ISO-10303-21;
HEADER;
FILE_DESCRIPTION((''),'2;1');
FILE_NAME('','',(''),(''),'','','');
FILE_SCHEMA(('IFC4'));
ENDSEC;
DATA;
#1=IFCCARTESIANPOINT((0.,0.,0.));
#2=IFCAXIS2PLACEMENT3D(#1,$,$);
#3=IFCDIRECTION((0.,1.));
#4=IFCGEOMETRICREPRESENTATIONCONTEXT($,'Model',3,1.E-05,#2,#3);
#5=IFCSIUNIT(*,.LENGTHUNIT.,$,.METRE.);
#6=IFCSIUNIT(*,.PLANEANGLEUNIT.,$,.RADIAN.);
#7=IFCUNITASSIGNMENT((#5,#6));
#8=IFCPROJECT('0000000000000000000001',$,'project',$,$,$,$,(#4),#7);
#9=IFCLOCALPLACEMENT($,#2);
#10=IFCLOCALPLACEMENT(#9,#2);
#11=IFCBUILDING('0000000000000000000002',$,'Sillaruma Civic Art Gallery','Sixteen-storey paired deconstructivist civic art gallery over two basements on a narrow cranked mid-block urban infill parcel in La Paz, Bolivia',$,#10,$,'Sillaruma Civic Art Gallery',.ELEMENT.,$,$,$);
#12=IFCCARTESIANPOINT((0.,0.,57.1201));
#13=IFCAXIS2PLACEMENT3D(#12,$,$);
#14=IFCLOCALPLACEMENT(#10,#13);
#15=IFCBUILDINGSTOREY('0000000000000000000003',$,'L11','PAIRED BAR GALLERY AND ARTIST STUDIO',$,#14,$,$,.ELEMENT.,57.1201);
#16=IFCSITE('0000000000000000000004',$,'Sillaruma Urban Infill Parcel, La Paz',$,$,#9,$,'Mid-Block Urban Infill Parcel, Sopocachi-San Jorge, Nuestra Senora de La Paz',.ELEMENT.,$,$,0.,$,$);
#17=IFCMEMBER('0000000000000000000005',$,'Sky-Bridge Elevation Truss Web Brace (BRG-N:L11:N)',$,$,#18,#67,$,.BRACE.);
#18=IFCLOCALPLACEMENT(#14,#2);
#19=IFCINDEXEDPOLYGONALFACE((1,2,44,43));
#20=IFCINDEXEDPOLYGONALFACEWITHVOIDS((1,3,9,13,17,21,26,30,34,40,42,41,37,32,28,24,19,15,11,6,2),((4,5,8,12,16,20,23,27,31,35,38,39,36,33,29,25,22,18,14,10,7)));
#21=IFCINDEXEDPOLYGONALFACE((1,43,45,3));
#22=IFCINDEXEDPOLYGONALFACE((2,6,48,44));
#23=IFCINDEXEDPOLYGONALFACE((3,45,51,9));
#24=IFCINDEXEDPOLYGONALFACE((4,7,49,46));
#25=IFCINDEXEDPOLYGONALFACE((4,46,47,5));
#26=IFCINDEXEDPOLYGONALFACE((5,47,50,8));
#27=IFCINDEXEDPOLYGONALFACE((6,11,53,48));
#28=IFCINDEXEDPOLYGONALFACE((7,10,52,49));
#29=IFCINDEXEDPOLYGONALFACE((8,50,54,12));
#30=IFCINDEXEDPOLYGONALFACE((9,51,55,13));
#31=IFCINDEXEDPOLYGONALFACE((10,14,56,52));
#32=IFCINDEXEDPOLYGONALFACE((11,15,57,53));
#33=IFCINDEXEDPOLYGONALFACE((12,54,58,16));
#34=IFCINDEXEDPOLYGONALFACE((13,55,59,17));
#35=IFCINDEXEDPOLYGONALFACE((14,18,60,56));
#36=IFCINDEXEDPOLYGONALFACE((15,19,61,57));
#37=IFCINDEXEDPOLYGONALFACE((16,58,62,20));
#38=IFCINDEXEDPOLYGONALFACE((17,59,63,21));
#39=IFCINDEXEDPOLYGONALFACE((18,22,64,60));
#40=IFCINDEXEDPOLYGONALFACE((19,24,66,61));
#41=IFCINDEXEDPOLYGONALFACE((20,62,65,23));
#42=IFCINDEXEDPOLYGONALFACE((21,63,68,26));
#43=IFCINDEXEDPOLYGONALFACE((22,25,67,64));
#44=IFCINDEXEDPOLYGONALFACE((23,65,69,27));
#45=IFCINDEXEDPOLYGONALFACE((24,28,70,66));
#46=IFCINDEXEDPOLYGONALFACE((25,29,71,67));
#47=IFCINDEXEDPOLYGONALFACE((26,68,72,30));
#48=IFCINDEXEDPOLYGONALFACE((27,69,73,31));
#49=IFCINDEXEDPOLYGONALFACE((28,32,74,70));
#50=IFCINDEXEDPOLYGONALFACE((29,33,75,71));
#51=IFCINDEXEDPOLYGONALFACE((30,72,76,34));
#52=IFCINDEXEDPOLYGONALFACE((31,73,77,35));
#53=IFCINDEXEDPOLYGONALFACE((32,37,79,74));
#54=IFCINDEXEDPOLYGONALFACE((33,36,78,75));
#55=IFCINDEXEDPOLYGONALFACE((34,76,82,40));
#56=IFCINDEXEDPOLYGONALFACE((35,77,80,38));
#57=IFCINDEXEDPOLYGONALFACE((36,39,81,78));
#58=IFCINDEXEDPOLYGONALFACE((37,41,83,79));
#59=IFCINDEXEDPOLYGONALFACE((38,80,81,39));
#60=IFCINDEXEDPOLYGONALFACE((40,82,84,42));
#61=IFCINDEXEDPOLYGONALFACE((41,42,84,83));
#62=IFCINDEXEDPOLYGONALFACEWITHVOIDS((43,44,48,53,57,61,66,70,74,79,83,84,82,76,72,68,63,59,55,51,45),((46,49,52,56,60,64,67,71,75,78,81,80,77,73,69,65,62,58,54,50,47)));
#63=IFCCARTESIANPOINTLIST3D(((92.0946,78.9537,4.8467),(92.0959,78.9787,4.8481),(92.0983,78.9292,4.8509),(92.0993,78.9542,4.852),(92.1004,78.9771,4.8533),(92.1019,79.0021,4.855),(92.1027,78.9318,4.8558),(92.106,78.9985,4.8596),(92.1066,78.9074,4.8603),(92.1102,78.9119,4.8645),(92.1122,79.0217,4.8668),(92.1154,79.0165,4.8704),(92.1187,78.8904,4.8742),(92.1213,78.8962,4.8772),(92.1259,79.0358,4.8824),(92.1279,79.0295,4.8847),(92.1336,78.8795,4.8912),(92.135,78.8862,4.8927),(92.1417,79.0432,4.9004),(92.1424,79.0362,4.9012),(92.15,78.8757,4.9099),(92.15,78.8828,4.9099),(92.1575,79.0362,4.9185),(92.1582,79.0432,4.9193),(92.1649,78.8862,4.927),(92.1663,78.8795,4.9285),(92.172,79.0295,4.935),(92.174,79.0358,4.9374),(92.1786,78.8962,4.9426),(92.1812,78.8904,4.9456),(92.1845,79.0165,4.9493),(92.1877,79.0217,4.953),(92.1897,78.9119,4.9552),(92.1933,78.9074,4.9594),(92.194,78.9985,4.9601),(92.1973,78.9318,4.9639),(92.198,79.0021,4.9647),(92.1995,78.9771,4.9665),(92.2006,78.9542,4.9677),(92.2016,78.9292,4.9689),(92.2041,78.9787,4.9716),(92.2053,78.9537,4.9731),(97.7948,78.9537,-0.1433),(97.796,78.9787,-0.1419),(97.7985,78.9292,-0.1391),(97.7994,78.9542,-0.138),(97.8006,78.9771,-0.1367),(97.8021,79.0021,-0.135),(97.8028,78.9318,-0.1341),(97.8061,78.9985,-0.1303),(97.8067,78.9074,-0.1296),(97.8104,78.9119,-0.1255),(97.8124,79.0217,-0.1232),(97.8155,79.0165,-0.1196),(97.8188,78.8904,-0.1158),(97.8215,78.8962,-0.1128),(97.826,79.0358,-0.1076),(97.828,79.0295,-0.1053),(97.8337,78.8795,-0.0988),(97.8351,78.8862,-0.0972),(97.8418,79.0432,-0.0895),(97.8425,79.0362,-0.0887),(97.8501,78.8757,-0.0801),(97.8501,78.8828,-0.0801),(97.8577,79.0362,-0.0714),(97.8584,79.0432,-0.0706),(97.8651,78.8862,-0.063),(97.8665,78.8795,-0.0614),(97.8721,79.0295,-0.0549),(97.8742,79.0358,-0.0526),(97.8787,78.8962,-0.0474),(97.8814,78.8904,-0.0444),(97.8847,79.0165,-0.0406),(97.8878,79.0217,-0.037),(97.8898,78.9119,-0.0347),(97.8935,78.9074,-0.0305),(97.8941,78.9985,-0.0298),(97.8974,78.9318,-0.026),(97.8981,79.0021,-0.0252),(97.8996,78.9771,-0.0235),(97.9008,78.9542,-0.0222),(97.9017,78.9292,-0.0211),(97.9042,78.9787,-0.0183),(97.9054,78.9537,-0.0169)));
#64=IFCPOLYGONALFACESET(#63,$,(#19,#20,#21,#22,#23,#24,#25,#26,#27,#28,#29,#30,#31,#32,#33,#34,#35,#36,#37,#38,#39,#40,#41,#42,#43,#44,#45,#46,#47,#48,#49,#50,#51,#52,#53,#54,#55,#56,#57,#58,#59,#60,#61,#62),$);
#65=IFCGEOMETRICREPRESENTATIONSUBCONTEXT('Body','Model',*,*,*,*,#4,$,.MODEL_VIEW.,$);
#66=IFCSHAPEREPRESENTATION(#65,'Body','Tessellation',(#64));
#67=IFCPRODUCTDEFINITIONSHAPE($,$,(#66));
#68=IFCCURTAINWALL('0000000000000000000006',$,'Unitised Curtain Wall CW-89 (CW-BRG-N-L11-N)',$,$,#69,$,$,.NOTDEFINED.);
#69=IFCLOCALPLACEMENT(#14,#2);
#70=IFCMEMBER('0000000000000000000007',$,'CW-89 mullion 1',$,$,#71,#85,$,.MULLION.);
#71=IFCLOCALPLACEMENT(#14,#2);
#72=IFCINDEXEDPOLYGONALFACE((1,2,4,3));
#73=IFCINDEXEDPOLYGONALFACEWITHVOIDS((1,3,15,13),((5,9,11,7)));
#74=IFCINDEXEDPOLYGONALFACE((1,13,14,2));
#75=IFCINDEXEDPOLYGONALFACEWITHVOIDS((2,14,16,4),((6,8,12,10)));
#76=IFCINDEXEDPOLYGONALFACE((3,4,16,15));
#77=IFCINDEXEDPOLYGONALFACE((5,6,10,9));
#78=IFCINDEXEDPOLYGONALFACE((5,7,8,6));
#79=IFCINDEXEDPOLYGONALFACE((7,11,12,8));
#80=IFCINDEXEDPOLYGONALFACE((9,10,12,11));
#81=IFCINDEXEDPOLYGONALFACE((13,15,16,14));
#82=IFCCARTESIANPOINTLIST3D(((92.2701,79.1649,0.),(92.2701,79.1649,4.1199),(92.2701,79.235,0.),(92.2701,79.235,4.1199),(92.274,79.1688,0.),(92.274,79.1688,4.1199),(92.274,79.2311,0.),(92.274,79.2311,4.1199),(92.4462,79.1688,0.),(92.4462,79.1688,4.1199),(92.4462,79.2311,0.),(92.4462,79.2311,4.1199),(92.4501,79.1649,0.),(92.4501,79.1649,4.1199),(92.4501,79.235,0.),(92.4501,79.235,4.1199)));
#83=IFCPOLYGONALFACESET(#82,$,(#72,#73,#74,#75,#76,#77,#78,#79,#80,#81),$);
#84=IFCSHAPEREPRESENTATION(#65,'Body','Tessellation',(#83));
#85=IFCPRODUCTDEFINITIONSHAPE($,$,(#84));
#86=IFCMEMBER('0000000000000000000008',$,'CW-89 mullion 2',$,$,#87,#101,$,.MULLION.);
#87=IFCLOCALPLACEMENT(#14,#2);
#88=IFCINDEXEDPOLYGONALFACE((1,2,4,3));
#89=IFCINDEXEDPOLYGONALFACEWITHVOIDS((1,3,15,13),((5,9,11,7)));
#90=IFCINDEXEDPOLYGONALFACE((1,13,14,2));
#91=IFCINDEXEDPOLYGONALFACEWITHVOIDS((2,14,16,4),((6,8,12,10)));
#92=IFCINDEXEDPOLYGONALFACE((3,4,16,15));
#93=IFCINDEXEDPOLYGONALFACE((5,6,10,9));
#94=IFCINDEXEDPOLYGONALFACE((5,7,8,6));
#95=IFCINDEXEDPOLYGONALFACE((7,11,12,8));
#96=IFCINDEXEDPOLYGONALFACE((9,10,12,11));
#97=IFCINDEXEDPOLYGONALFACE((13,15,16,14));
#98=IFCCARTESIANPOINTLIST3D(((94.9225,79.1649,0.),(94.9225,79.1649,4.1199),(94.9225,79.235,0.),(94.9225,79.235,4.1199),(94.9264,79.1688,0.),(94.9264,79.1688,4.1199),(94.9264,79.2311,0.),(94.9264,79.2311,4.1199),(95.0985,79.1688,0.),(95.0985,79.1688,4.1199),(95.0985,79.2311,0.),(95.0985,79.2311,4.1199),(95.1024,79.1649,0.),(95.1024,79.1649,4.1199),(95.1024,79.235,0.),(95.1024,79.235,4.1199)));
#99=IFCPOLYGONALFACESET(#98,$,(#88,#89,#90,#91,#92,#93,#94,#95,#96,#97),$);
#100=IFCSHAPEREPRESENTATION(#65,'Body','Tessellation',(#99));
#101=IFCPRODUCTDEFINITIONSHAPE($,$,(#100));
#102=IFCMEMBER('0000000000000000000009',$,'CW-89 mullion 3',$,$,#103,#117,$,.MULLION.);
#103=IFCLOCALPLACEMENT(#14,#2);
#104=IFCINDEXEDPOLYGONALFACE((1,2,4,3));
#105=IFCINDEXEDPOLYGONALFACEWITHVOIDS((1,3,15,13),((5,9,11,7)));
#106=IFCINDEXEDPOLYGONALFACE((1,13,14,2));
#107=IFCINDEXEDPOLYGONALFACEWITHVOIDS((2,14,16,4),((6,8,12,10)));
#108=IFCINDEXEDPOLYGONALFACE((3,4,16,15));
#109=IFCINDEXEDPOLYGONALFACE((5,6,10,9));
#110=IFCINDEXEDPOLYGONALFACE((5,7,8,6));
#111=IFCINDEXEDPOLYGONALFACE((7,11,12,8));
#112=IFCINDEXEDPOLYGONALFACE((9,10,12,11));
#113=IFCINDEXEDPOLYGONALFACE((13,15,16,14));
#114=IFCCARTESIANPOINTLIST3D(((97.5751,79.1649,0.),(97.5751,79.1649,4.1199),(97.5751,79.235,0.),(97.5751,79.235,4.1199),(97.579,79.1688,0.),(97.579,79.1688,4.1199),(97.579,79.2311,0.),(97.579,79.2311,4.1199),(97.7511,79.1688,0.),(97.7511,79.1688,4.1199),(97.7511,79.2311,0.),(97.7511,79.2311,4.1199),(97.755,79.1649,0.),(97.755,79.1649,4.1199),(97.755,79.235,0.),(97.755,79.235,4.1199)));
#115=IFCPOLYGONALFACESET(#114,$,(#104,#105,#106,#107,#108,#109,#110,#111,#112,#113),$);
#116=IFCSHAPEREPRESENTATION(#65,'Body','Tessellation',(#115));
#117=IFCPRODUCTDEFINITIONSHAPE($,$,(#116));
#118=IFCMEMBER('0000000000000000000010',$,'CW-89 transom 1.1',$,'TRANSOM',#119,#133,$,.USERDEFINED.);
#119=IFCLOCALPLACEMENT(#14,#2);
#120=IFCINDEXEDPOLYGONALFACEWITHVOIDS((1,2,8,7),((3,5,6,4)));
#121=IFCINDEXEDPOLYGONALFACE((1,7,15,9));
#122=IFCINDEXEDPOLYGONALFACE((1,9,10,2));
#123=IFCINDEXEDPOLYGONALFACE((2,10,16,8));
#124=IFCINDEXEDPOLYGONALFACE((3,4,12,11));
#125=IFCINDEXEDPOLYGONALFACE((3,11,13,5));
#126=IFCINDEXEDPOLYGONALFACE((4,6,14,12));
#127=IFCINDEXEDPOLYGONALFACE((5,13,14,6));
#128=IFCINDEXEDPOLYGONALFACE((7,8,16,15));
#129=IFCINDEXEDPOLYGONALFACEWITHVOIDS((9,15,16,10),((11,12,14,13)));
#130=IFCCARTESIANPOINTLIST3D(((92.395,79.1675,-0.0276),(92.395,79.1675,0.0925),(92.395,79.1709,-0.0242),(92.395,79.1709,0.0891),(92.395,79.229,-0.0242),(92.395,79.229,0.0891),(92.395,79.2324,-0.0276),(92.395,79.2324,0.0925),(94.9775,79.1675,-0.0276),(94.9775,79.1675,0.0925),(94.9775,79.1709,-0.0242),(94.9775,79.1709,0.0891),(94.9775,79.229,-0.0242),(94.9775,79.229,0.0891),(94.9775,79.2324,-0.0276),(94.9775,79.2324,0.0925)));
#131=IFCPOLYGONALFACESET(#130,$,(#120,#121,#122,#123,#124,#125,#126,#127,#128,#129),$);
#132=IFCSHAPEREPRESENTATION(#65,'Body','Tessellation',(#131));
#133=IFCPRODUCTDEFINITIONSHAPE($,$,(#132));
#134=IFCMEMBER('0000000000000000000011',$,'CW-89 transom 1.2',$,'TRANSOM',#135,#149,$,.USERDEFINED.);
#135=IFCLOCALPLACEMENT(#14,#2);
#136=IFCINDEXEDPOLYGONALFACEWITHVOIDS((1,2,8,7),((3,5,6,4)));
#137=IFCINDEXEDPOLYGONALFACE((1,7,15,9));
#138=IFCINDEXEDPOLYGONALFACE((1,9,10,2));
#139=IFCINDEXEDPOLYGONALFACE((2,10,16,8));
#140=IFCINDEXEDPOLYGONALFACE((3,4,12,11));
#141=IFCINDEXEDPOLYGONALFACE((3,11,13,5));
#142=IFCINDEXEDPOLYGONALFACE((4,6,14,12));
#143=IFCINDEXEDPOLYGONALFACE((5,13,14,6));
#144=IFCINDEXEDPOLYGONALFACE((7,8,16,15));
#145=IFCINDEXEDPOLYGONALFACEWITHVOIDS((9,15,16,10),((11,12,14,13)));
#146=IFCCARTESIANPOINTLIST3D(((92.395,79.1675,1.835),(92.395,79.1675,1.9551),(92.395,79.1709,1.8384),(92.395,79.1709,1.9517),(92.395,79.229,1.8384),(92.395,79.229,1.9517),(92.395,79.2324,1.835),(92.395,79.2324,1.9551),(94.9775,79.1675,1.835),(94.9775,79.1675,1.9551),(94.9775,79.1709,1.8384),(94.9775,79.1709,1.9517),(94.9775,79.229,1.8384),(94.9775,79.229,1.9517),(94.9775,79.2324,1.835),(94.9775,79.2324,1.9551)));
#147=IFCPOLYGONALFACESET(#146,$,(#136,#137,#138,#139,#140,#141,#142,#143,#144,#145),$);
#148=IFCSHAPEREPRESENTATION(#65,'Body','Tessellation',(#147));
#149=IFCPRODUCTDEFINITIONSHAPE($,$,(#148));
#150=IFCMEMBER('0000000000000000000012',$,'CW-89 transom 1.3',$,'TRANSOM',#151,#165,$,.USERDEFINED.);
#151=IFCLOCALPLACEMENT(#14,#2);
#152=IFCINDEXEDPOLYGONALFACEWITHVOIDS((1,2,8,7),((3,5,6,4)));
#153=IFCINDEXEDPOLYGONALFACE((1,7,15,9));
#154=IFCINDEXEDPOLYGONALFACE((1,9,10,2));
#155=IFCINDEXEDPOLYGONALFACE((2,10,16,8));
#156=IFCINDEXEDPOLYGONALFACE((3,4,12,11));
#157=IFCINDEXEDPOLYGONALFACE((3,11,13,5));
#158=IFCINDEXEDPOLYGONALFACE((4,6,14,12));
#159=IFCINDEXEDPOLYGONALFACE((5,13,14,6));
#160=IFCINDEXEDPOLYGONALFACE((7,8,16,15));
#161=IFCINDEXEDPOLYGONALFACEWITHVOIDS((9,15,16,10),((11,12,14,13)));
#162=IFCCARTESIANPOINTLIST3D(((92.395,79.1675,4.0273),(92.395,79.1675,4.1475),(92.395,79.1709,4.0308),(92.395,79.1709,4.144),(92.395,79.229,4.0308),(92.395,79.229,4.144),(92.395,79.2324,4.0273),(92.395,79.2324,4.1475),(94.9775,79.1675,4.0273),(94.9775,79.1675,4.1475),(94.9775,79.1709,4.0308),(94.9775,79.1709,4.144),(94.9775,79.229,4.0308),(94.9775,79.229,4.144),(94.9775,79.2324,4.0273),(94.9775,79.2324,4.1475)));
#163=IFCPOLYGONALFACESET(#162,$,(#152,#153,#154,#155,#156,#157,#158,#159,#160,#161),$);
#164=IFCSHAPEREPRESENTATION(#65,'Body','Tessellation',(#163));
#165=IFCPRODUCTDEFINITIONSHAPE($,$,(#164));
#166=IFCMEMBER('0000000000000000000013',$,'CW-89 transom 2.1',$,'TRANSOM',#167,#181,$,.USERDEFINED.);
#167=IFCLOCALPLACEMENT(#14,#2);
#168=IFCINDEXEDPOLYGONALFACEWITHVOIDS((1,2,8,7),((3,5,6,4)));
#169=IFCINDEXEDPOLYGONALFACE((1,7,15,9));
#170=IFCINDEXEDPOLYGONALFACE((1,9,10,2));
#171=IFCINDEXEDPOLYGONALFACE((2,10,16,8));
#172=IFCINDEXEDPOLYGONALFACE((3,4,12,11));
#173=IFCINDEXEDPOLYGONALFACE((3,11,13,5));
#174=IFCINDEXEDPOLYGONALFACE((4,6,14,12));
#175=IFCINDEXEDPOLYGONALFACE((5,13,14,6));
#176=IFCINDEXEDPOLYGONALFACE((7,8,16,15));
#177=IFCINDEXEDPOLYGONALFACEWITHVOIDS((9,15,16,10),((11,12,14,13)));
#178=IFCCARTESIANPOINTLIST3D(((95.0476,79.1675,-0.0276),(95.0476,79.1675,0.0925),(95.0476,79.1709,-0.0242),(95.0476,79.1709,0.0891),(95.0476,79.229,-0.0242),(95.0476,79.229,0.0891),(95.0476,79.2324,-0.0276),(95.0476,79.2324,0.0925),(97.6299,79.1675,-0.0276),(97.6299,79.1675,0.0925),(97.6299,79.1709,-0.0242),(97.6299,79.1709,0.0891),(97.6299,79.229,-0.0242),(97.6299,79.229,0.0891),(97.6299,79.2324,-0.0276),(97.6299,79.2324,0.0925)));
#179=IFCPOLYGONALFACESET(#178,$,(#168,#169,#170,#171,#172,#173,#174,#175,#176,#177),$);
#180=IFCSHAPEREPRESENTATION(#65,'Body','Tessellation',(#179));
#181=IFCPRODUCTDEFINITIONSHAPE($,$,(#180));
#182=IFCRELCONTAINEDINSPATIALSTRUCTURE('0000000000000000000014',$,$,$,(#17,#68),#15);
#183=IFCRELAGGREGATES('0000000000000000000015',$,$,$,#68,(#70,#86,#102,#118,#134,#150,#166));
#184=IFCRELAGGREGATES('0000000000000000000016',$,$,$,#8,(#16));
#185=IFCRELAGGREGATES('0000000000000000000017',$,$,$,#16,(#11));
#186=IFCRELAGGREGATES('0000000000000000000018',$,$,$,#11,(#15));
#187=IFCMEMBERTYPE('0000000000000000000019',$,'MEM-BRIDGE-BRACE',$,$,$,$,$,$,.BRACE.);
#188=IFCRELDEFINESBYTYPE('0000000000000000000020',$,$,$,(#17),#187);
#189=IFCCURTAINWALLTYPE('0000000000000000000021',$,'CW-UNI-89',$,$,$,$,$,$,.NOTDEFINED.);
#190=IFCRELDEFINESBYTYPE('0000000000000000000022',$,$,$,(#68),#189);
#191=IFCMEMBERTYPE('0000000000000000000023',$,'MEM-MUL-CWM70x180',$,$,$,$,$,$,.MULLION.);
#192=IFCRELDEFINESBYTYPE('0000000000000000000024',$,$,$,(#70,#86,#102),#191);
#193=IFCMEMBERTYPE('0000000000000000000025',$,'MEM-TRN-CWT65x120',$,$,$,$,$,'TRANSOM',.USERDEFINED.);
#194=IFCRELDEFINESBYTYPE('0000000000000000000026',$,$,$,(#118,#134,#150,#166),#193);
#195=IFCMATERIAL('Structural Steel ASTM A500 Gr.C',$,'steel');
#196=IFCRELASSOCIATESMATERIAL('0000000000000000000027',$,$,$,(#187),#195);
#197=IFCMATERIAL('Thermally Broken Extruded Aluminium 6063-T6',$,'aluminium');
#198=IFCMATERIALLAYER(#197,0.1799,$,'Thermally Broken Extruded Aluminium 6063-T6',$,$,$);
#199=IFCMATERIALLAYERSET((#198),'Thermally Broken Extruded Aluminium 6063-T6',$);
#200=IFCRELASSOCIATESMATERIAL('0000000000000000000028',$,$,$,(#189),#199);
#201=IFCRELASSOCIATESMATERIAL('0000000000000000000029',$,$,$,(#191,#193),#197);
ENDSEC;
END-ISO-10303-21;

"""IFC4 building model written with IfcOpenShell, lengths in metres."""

from ifc_helpers import new_model, si_unit, direction, frame, origin, origin_2d, place, context, subcontext, project, spatial, hollow_rectangle, hollow_circle, extrude, material, layer, layer_set, material_profile, profile_set, type_object, element, aggregate, save


model = new_model("IFC4")

# Units and contexts
model_context = context("Model", 3, precision=1e-05, world=origin(), true_north=direction((0.0, 1.0)))
body_context = subcontext(model_context, "Body", "Model", "MODEL_VIEW")
ifc_project = project(units=[si_unit("LENGTHUNIT", "METRE"), si_unit("PLANEANGLEUNIT", "RADIAN")], contexts=[model_context])

# Site, building, storey
site_placement = place(None, origin())
site = spatial("IfcSite", under=ifc_project, at=site_placement, Name="Sillaruma Urban Infill Parcel, La Paz", LongName="Mid-Block Urban Infill Parcel, Sopocachi-San Jorge, Nuestra Senora de La Paz", CompositionType="ELEMENT", RefElevation=0.0)
building_placement = place(site_placement, origin())
building = spatial("IfcBuilding", under=site, at=building_placement, Name="Sillaruma Civic Art Gallery", Description="Sixteen-storey paired deconstructivist civic art gallery over two basements on a narrow cranked mid-block urban infill parcel in La Paz, Bolivia", LongName="Sillaruma Civic Art Gallery", CompositionType="ELEMENT")
storey_placement = place(building_placement, frame((0.0, 0.0, 57.1201)))
storey = spatial("IfcBuildingStorey", under=building, at=storey_placement, Name="L11", Description="PAIRED BAR GALLERY AND ARTIST STUDIO", CompositionType="ELEMENT", Elevation=57.1201)

# Member
ifc_material_1 = material(Name="Structural Steel ASTM A500 Gr.C", Category="steel")
ifc_material_profile_1 = material_profile(ifc_material_1, hollow_circle(Radius=0.0842, WallThickness=0.0071, at=origin_2d()), Name="CHS168.3x7.1")
ifc_profile_set_1 = profile_set([ifc_material_profile_1], Name="Structural Steel ASTM A500 Gr.C")
member_type_1 = type_object("IfcMemberType", Name="MEM-BRIDGE-BRACE", PredefinedType="BRACE", material=ifc_profile_set_1)
for number, where, z_axis, x_axis, name in (
    (1, (97.8501, 78.96, -0.0801), (-0.752425, 0.0, 0.658678), (0.0, -1.0, 0.0), "Sky-Bridge Elevation Truss Web Brace (BRG-N:L11:N)"),
):
    element("IfcMember", number, at=place(storey_placement, frame(where, z_axis=z_axis, x_axis=x_axis)), inside=storey, type_object=member_type_1, Name=name, PredefinedType="BRACE", context=body_context, shape_type="SweptSolid", body=[
        extrude(hollow_circle(Radius=0.0842, WallThickness=0.0071, at=origin_2d()), origin(), (0.0, 0.0, 1.0), 7.5757),
    ])

# Curtain wall, members
ifc_material_2 = material(Name="Thermally Broken Extruded Aluminium 6063-T6", Category="aluminium")
ifc_layer_1 = layer(ifc_material_2, 0.1799, Name="Thermally Broken Extruded Aluminium 6063-T6")
ifc_layer_set_1 = layer_set([ifc_layer_1], Name="Thermally Broken Extruded Aluminium 6063-T6")
curtain_wall_type = type_object("IfcCurtainWallType", Name="CW-UNI-89", PredefinedType="NOTDEFINED", material=ifc_layer_set_1)
curtain_wall_placement = place(storey_placement, origin())
curtain_wall = element("IfcCurtainWall", 2, at=curtain_wall_placement, inside=storey, type_object=curtain_wall_type, Name="Unitised Curtain Wall CW-89 (CW-BRG-N-L11-N)", PredefinedType="NOTDEFINED")
ifc_material_profile_2 = material_profile(ifc_material_2, hollow_rectangle(XDim=0.0701, YDim=0.1799, WallThickness=0.0039, at=origin_2d()), Name="CWM70x180")
ifc_profile_set_2 = profile_set([ifc_material_profile_2], Name="Thermally Broken Extruded Aluminium 6063-T6")
member_type_2 = type_object("IfcMemberType", Name="MEM-MUL-CWM70x180", PredefinedType="MULLION", material=ifc_profile_set_2)
member_1_placement = place(storey_placement, frame((92.3601, 79.2, 0.0), z_axis=(0.0, 0.0, 1.0), x_axis=(0.0, 1.0, 0.0)))
member_1 = element("IfcMember", 3, at=member_1_placement, type_object=member_type_2, Name="CW-89 mullion 1", PredefinedType="MULLION", context=body_context, shape_type="SweptSolid", body=[
    extrude(hollow_rectangle(XDim=0.0701, YDim=0.1799, WallThickness=0.0039, at=origin_2d()), origin(), (0.0, 0.0, 1.0), 4.1199),
])
member_2_placement = place(storey_placement, frame((95.0125, 79.2, 0.0), z_axis=(0.0, 0.0, 1.0), x_axis=(0.0, 1.0, 0.0)))
member_2 = element("IfcMember", 4, at=member_2_placement, type_object=member_type_2, Name="CW-89 mullion 2", PredefinedType="MULLION", context=body_context, shape_type="SweptSolid", body=[
    extrude(hollow_rectangle(XDim=0.0701, YDim=0.1799, WallThickness=0.0039, at=origin_2d()), origin(), (0.0, 0.0, 1.0), 4.1199),
])
member_3_placement = place(storey_placement, frame((97.665, 79.2, 0.0), z_axis=(0.0, 0.0, 1.0), x_axis=(0.0, 1.0, 0.0)))
member_3 = element("IfcMember", 5, at=member_3_placement, type_object=member_type_2, Name="CW-89 mullion 3", PredefinedType="MULLION", context=body_context, shape_type="SweptSolid", body=[
    extrude(hollow_rectangle(XDim=0.0701, YDim=0.1799, WallThickness=0.0039, at=origin_2d()), origin(), (0.0, 0.0, 1.0), 4.1199),
])
ifc_material_profile_3 = material_profile(ifc_material_2, hollow_rectangle(XDim=0.0649, YDim=0.1201, WallThickness=0.0034, at=origin_2d()), Name="CWT65x120")
ifc_profile_set_3 = profile_set([ifc_material_profile_3], Name="Thermally Broken Extruded Aluminium 6063-T6")
member_type_3 = type_object("IfcMemberType", Name="MEM-TRN-CWT65x120", ElementType="TRANSOM", PredefinedType="USERDEFINED", material=ifc_profile_set_3)
member_4_placement = place(storey_placement, frame((92.395, 79.2, 0.0325), z_axis=(1.0, 0.0, 0.0), x_axis=(0.0, 1.0, 0.0)))
member_4 = element("IfcMember", 6, at=member_4_placement, type_object=member_type_3, Name="CW-89 transom 1.1", ObjectType="TRANSOM", PredefinedType="USERDEFINED", context=body_context, shape_type="SweptSolid", body=[
    extrude(hollow_rectangle(XDim=0.0649, YDim=0.1201, WallThickness=0.0034, at=origin_2d()), origin(), (0.0, 0.0, 1.0), 2.5825),
])
member_5_placement = place(storey_placement, frame((92.395, 79.2, 1.895), z_axis=(1.0, 0.0, 0.0), x_axis=(0.0, 1.0, 0.0)))
member_5 = element("IfcMember", 7, at=member_5_placement, type_object=member_type_3, Name="CW-89 transom 1.2", ObjectType="TRANSOM", PredefinedType="USERDEFINED", context=body_context, shape_type="SweptSolid", body=[
    extrude(hollow_rectangle(XDim=0.0649, YDim=0.1201, WallThickness=0.0034, at=origin_2d()), origin(), (0.0, 0.0, 1.0), 2.5825),
])
member_6_placement = place(storey_placement, frame((92.395, 79.2, 4.0874), z_axis=(1.0, 0.0, 0.0), x_axis=(0.0, 1.0, 0.0)))
member_6 = element("IfcMember", 8, at=member_6_placement, type_object=member_type_3, Name="CW-89 transom 1.3", ObjectType="TRANSOM", PredefinedType="USERDEFINED", context=body_context, shape_type="SweptSolid", body=[
    extrude(hollow_rectangle(XDim=0.0649, YDim=0.1201, WallThickness=0.0034, at=origin_2d()), origin(), (0.0, 0.0, 1.0), 2.5825),
])
member_7_placement = place(storey_placement, frame((95.0476, 79.2, 0.0325), z_axis=(1.0, 0.0, 0.0), x_axis=(0.0, 1.0, 0.0)))
member_7 = element("IfcMember", 9, at=member_7_placement, type_object=member_type_3, Name="CW-89 transom 2.1", ObjectType="TRANSOM", PredefinedType="USERDEFINED", context=body_context, shape_type="SweptSolid", body=[
    extrude(hollow_rectangle(XDim=0.0649, YDim=0.1201, WallThickness=0.0034, at=origin_2d()), origin(), (0.0, 0.0, 1.0), 2.5823),
])

aggregate(curtain_wall, [member_1, member_2, member_3, member_4, member_5, member_6, member_7])

save(model, "model.ifc")
